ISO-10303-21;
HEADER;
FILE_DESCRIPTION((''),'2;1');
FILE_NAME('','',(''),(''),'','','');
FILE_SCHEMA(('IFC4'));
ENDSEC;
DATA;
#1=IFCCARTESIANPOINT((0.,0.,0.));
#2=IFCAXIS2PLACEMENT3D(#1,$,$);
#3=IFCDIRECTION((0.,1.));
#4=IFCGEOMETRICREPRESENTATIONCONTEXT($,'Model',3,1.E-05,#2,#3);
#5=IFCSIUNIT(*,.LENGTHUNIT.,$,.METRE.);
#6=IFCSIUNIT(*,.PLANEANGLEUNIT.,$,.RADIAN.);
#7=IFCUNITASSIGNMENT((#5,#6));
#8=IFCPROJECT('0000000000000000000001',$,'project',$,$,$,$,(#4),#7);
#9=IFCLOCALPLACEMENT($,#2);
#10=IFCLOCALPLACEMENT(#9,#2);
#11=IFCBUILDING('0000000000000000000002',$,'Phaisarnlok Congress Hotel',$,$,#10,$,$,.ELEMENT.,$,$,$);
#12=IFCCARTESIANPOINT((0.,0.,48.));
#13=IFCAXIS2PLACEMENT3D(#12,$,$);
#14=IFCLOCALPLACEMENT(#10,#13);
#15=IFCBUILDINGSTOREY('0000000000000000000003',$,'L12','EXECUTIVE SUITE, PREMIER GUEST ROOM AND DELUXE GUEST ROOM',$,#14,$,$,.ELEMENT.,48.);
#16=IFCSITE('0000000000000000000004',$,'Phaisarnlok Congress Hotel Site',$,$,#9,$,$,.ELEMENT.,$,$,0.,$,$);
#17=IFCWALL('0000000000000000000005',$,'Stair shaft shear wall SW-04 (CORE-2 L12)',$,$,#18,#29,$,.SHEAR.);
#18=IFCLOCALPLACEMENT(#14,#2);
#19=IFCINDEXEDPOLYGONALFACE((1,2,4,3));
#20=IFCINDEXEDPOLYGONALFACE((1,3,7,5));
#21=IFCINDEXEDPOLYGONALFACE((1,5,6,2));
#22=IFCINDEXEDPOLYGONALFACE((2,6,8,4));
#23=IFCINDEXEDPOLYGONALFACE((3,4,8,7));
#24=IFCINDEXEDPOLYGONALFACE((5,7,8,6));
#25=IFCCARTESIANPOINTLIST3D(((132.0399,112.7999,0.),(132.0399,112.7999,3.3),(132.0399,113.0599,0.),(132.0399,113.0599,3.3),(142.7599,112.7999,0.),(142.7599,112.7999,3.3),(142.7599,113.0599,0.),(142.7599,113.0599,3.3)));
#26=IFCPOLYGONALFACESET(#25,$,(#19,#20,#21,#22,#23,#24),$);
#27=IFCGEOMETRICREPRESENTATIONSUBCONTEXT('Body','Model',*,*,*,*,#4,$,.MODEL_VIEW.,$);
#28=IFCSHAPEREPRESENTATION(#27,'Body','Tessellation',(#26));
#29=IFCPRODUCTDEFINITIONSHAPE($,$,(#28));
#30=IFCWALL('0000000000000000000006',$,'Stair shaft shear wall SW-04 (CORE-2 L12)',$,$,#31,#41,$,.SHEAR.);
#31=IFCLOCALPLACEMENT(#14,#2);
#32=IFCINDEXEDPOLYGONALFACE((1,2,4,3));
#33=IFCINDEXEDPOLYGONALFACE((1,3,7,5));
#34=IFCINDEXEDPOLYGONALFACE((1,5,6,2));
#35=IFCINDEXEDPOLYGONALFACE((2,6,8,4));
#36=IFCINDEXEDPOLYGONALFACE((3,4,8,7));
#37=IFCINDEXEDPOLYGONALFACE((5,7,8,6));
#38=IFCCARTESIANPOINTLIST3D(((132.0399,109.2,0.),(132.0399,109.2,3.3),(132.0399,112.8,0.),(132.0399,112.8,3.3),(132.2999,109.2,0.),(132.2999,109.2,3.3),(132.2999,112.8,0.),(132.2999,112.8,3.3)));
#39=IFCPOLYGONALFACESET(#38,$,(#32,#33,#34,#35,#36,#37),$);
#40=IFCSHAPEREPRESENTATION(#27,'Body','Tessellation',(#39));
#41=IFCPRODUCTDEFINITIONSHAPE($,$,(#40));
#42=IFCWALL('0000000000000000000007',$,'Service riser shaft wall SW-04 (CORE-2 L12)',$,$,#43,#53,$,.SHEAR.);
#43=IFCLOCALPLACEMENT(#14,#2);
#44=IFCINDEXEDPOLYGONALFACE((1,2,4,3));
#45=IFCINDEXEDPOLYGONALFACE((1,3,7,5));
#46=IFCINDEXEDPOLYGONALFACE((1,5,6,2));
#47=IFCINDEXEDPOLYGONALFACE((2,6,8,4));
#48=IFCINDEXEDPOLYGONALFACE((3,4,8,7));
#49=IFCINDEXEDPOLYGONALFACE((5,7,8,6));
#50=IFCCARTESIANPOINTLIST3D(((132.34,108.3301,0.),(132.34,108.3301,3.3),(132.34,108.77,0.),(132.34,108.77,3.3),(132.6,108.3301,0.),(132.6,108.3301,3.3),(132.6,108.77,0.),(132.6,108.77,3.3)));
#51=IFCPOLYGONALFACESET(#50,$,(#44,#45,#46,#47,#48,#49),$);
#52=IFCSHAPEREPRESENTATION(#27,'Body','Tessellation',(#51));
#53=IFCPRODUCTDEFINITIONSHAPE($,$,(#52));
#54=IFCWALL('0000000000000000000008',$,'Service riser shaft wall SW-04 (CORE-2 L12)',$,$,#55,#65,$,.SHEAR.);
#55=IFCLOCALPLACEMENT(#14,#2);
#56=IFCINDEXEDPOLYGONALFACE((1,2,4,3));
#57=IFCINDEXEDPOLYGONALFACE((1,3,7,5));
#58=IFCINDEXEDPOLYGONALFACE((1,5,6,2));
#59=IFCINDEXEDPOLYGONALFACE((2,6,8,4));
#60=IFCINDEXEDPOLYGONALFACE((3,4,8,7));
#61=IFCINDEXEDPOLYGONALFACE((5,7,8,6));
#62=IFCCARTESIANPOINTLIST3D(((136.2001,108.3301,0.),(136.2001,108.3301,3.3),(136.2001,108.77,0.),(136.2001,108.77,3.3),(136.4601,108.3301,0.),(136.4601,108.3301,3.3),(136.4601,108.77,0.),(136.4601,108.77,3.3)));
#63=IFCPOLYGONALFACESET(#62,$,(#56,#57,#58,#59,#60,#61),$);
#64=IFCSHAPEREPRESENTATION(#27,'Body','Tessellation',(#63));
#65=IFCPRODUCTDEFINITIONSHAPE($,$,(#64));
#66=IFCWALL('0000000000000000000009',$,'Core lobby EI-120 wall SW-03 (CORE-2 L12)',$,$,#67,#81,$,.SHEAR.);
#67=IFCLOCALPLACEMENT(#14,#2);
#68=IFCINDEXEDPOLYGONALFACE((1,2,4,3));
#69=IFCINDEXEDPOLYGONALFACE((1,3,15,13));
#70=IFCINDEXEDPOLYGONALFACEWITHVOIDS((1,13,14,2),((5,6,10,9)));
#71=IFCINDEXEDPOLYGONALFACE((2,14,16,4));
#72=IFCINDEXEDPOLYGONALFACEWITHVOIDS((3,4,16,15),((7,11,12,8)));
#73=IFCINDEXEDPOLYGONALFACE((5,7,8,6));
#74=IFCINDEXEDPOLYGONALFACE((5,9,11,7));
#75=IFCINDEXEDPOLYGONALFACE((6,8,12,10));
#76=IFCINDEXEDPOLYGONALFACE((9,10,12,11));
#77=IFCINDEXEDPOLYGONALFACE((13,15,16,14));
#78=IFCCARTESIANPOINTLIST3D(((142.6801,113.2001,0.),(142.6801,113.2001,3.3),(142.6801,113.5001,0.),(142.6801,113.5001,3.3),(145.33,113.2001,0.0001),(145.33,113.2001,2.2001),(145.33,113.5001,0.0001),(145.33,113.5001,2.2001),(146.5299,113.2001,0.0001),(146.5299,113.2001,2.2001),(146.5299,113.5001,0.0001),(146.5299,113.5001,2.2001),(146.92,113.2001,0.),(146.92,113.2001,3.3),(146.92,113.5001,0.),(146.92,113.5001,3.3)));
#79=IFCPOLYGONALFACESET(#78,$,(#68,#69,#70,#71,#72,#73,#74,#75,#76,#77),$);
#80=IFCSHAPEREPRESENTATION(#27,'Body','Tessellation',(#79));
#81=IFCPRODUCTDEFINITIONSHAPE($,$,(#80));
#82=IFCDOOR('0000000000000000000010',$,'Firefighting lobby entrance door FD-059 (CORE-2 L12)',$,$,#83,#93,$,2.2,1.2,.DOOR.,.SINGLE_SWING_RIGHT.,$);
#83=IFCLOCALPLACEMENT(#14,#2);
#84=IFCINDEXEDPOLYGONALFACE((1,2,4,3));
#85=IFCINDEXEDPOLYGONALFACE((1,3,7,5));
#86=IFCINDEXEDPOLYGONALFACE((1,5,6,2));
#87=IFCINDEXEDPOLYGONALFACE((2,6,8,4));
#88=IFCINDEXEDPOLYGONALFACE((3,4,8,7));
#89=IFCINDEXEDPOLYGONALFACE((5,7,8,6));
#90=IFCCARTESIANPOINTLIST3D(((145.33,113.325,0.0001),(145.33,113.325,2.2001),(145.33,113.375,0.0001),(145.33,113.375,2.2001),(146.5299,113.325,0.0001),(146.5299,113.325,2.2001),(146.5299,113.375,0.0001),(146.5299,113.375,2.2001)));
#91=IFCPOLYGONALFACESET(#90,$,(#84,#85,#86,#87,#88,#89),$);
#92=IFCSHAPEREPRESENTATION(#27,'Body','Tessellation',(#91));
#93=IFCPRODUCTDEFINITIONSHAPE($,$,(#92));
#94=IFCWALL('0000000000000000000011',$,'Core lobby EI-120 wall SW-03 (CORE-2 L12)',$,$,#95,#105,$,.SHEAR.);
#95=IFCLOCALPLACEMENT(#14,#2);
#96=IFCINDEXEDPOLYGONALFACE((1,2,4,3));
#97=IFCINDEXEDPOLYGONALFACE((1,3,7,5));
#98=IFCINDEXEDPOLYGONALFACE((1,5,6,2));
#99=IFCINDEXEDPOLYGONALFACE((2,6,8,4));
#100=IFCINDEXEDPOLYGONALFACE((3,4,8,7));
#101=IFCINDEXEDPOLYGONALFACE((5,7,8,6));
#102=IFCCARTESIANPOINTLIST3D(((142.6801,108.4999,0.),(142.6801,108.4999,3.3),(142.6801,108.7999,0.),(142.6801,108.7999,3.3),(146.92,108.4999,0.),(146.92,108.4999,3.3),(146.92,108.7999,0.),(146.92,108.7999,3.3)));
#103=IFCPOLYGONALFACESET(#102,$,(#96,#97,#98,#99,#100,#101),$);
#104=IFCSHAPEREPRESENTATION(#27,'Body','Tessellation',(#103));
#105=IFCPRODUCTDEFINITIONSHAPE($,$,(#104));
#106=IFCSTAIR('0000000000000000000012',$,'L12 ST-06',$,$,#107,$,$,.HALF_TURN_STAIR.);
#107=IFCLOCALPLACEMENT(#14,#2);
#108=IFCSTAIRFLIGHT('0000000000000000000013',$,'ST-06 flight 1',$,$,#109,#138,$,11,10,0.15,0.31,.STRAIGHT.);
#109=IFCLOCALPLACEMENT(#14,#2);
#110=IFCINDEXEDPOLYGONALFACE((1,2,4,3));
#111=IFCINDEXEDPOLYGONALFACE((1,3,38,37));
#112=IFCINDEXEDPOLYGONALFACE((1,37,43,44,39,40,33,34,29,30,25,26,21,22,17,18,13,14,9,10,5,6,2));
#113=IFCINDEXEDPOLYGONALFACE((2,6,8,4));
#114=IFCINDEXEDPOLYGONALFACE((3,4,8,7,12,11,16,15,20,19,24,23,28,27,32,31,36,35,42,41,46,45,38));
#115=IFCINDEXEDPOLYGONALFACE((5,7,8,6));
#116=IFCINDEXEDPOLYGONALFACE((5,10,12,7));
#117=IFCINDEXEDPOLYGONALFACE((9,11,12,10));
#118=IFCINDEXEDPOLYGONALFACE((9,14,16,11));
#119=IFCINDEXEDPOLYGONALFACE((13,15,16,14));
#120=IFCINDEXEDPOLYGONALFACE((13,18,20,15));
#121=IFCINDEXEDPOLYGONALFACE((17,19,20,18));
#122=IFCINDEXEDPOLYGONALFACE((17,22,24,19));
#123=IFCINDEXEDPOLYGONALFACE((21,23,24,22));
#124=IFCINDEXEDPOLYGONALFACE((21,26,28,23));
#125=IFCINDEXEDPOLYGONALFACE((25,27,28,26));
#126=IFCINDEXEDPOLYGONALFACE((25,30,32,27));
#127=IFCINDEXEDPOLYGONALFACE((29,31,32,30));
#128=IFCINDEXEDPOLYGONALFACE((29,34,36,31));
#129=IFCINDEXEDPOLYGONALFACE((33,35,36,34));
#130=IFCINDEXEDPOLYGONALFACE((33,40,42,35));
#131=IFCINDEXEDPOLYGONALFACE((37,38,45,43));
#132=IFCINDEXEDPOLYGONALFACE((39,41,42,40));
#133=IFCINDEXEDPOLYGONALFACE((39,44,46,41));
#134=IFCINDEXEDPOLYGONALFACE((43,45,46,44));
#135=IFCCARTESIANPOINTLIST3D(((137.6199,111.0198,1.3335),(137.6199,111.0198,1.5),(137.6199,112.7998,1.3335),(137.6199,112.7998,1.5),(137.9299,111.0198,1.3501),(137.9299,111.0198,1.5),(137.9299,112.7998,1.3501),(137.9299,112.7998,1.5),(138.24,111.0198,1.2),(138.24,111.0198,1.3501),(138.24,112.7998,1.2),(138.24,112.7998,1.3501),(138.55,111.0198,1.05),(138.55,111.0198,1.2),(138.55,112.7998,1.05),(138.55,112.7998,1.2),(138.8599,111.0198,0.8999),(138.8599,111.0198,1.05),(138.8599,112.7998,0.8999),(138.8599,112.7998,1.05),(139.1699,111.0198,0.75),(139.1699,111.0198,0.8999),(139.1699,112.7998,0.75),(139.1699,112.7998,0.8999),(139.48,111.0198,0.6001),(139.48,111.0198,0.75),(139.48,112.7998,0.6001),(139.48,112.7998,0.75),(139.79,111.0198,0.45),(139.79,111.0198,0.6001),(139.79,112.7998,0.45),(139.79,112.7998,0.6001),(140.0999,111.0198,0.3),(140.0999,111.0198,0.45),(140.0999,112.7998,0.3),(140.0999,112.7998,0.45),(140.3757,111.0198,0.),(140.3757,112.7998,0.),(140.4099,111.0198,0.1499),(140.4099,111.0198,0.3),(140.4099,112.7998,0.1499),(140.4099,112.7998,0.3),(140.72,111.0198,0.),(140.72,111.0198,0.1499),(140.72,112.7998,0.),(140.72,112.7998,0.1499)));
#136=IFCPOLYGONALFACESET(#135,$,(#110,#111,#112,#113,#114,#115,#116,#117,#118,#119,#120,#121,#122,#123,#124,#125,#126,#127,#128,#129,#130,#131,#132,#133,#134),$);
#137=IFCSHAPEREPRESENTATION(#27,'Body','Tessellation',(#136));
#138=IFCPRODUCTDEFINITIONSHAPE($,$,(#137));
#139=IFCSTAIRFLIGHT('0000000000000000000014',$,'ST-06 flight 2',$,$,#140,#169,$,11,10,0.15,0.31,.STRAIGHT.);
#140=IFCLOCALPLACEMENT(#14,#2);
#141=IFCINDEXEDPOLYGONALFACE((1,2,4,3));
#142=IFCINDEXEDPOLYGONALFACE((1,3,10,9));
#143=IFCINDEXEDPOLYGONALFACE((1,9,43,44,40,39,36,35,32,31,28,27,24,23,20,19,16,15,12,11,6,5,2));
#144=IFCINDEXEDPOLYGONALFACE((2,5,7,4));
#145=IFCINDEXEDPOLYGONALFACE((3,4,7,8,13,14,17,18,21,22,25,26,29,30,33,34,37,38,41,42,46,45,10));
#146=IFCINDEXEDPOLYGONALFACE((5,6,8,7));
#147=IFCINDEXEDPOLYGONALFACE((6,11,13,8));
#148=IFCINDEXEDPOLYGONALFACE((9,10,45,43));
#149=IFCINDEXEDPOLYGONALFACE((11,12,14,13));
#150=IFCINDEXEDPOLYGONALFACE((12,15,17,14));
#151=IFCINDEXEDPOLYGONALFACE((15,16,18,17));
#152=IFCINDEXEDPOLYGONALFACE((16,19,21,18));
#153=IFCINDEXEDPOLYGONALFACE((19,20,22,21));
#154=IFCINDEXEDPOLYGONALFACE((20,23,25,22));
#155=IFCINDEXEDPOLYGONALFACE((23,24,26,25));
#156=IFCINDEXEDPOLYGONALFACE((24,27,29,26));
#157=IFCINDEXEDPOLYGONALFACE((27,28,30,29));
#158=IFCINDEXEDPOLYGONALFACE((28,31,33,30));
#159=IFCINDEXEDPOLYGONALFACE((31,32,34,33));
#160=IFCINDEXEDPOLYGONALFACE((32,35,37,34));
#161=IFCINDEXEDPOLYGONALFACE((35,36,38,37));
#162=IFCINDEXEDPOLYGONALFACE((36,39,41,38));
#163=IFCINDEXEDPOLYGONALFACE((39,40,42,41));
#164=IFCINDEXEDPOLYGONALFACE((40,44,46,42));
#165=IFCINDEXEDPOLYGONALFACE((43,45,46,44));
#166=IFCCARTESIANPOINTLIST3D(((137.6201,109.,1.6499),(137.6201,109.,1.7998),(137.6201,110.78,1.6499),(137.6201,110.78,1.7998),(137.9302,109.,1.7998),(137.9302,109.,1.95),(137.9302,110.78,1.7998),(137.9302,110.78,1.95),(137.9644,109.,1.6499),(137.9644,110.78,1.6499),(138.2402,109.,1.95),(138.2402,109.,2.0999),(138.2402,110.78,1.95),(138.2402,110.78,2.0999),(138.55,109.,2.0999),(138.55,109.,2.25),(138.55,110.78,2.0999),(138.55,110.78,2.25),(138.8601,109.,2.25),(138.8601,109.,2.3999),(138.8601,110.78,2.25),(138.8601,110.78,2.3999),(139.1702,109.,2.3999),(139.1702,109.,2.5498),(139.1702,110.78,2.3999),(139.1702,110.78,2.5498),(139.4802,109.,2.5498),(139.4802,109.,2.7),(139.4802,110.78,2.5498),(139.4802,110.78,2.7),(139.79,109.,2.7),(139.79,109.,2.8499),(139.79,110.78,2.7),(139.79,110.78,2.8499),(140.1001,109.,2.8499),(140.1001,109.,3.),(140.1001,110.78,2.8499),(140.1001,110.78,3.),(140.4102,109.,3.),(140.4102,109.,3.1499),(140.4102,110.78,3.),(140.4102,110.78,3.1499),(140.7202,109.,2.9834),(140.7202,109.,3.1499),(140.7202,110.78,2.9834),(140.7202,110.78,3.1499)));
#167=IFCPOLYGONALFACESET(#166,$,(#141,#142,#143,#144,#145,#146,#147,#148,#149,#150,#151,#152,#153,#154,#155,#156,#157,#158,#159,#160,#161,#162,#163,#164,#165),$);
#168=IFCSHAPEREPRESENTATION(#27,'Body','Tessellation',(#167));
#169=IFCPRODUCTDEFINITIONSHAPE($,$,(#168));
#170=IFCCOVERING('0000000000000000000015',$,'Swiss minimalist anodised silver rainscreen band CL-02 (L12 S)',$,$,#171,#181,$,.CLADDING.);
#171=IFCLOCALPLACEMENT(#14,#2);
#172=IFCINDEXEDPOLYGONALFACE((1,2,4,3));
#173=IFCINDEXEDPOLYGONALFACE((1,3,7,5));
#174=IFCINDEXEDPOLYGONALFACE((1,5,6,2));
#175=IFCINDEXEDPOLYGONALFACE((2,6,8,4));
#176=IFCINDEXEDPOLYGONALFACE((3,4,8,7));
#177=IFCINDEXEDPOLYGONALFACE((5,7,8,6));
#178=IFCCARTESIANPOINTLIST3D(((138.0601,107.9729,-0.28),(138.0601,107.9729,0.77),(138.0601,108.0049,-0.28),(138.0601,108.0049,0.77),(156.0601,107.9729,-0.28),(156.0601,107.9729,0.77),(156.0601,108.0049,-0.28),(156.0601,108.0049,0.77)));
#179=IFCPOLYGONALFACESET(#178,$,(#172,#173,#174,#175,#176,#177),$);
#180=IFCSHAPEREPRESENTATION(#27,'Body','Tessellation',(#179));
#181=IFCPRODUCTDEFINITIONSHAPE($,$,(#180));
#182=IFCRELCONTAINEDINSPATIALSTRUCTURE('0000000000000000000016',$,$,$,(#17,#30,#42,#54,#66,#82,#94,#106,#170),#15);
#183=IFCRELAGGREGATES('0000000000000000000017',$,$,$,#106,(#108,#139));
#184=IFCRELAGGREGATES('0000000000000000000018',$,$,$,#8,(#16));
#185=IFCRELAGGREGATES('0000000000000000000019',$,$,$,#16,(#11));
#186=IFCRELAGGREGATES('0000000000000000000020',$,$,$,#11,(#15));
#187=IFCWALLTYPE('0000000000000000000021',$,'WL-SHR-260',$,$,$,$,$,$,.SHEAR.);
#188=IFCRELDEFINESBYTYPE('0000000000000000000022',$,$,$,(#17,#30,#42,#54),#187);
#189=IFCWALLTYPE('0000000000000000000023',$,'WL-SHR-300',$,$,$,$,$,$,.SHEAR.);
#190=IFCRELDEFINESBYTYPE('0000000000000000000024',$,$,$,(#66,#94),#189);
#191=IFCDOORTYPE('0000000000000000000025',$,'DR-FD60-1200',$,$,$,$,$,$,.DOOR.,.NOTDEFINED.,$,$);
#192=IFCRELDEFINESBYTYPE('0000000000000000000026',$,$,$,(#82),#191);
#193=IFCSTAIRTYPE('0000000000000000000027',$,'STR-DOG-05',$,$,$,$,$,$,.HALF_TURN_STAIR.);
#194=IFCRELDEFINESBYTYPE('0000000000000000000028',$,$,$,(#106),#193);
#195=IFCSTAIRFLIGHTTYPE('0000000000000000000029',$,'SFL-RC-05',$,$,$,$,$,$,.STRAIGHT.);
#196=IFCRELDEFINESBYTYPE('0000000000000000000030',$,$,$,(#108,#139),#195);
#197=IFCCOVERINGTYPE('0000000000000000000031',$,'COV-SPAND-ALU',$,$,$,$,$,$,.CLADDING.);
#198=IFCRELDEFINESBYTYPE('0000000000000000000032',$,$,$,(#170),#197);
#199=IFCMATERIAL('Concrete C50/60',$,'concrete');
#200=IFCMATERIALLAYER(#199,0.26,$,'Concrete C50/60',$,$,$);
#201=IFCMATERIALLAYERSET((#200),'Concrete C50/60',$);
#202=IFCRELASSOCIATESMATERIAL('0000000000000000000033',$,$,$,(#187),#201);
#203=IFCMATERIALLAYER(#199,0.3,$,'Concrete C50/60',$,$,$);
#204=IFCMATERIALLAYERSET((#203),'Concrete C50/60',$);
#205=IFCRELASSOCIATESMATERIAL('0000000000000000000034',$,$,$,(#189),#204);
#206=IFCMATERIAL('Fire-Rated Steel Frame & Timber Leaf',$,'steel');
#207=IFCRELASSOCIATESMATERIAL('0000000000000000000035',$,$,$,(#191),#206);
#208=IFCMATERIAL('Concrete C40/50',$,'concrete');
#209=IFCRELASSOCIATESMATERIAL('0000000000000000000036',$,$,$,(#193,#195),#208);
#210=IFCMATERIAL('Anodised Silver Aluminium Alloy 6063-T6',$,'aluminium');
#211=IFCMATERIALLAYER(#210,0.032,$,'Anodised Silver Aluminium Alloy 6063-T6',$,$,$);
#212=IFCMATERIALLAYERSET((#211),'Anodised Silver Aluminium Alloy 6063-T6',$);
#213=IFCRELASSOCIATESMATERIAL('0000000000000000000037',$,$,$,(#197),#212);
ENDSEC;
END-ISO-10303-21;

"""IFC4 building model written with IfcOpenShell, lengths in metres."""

from ifc_helpers import new_model, si_unit, direction, frame, frame_2d, origin, place, context, subcontext, project, spatial, polyline, rectangle, outline, extrude, material, layer, layer_set, type_object, element, fill, aggregate, save


model = new_model("IFC4")

# Units and contexts
model_context = context("Model", 3, precision=1e-05, world=origin(), true_north=direction((0.0, 1.0)))
body_context = subcontext(model_context, "Body", "Model", "MODEL_VIEW")
ifc_project = project(units=[si_unit("LENGTHUNIT", "METRE"), si_unit("PLANEANGLEUNIT", "RADIAN")], contexts=[model_context])

# Site, building, storey
site_placement = place(None, origin())
site = spatial("IfcSite", under=ifc_project, at=site_placement, Name="Phaisarnlok Congress Hotel Site", CompositionType="ELEMENT", RefElevation=0.0)
building_placement = place(site_placement, origin())
building = spatial("IfcBuilding", under=site, at=building_placement, Name="Phaisarnlok Congress Hotel", CompositionType="ELEMENT")
storey_placement = place(building_placement, frame((0.0, 0.0, 48.0)))
storey = spatial("IfcBuildingStorey", under=building, at=storey_placement, Name="L12", Description="EXECUTIVE SUITE, PREMIER GUEST ROOM AND DELUXE GUEST ROOM", CompositionType="ELEMENT", Elevation=48.0)

# Shared definitions
ifc_material_1 = material(Name="Concrete C50/60", Category="concrete")

# Shared definitions
ifc_material_2 = material(Name="Concrete C40/50", Category="concrete")

# Walls
ifc_layer_1 = layer(ifc_material_1, 0.26, Name="Concrete C50/60")
ifc_layer_set_1 = layer_set([ifc_layer_1], Name="Concrete C50/60")
wall_type_1 = type_object("IfcWallType", Name="WL-SHR-260", PredefinedType="SHEAR", material=ifc_layer_set_1)
for number, where, z_axis, x_axis, name in (
    (1, (132.04, 112.9299, 0.0), (0.0, 0.0, 1.0), (1.0, 0.0, 0.0), "Stair shaft shear wall SW-04 (CORE-2 L12)"),
):
    element("IfcWall", number, at=place(storey_placement, frame(where, z_axis=z_axis, x_axis=x_axis)), inside=storey, type_object=wall_type_1, Name=name, PredefinedType="SHEAR", context=body_context, shape_type="SweptSolid", body=[
        extrude(rectangle(XDim=10.72, YDim=0.26, at=frame_2d((5.3599, 0.0))), origin(), (0.0, 0.0, 1.0), 3.3),
    ])
wall_1_placement = place(storey_placement, frame((132.1699, 109.2, 0.0), z_axis=(0.0, 0.0, 1.0), x_axis=(0.0, 1.0, 0.0)))
element("IfcWall", 2, at=wall_1_placement, inside=storey, type_object=wall_type_1, Name="Stair shaft shear wall SW-04 (CORE-2 L12)", PredefinedType="SHEAR", context=body_context, shape_type="SweptSolid", body=[
    extrude(rectangle(XDim=3.6001, YDim=0.26, at=frame_2d((1.8, 0.0))), origin(), (0.0, 0.0, 1.0), 3.3),
])

# Shared definitions
ifc_material_3 = material(Name="Fire-Rated Steel Frame & Timber Leaf", Category="steel")

# Walls
for number, where, z_axis, x_axis, name in (
    (3, (132.47, 108.3301, 0.0), (0.0, 0.0, 1.0), (0.0, 1.0, 0.0), "Service riser shaft wall SW-04 (CORE-2 L12)"),
    (4, (136.3301, 108.3301, 0.0), (0.0, 0.0, 1.0), (0.0, 1.0, 0.0), "Service riser shaft wall SW-04 (CORE-2 L12)"),
):
    element("IfcWall", number, at=place(storey_placement, frame(where, z_axis=z_axis, x_axis=x_axis)), inside=storey, type_object=wall_type_1, Name=name, PredefinedType="SHEAR", context=body_context, shape_type="SweptSolid", body=[
        extrude(rectangle(XDim=0.4399, YDim=0.26, at=frame_2d((0.22, 0.0))), origin(), (0.0, 0.0, 1.0), 3.3),
    ])

# Wall, opening, door
ifc_layer_2 = layer(ifc_material_1, 0.3, Name="Concrete C50/60")
ifc_layer_set_2 = layer_set([ifc_layer_2], Name="Concrete C50/60")
wall_type_2 = type_object("IfcWallType", Name="WL-SHR-300", PredefinedType="SHEAR", material=ifc_layer_set_2)
wall_2_placement = place(storey_placement, frame((142.6799, 113.3501, 0.0), z_axis=(0.0, 0.0, 1.0), x_axis=(1.0, 0.0, 0.0)))
wall_2 = element("IfcWall", 5, at=wall_2_placement, inside=storey, type_object=wall_type_2, Name="Core lobby EI-120 wall SW-03 (CORE-2 L12)", PredefinedType="SHEAR", context=body_context, shape_type="SweptSolid", body=[
    extrude(rectangle(XDim=4.24, YDim=0.3, at=frame_2d((2.1201, 0.0))), origin(), (0.0, 0.0, 1.0), 3.3),
])
opening_1_placement = place(wall_2_placement, frame((2.6499, 0.0, 0.0)))
opening_1 = element("IfcOpeningElement", 6, at=opening_1_placement, cuts=wall_2, PredefinedType="OPENING", context=body_context, shape_type="SweptSolid", body=[
    extrude(rectangle(XDim=1.2, YDim=2.2, at=frame_2d((0.6001, 1.1001))), frame((0.0, 0.1602, 0.0), z_axis=(0.0, -1.0, 0.0), x_axis=(1.0, 0.0, 0.0)), (0.0, 0.0, 1.0), 0.3201),
])
door_type_1 = type_object("IfcDoorType", Name="DR-FD60-1200", OperationType="NOTDEFINED", PredefinedType="DOOR", material=ifc_material_3)
door_1_placement = place(opening_1_placement, origin())
door_1 = element("IfcDoor", 7, at=door_1_placement, inside=storey, type_object=door_type_1, Name="Firefighting lobby entrance door FD-059 (CORE-2 L12)", OperationType="SINGLE_SWING_RIGHT", OverallHeight=2.2, OverallWidth=1.2, PredefinedType="DOOR", context=body_context, shape_type="SweptSolid", body=[
    extrude(rectangle(XDim=1.2, YDim=2.2, at=frame_2d((0.6001, 1.1001))), frame((0.0, 0.0249, 0.0), z_axis=(0.0, -1.0, 0.0), x_axis=(1.0, 0.0, 0.0)), (0.0, 0.0, 1.0), 0.05),
])
fill(opening_1, door_1)

# Wall
wall_3_placement = place(storey_placement, frame((142.6799, 108.6499, 0.0), z_axis=(0.0, 0.0, 1.0), x_axis=(1.0, 0.0, 0.0)))
element("IfcWall", 8, at=wall_3_placement, inside=storey, type_object=wall_type_2, Name="Core lobby EI-120 wall SW-03 (CORE-2 L12)", PredefinedType="SHEAR", context=body_context, shape_type="SweptSolid", body=[
    extrude(rectangle(XDim=4.24, YDim=0.3, at=frame_2d((2.1201, 0.0))), origin(), (0.0, 0.0, 1.0), 3.3),
])

# Stair, stair flights
stair_type = type_object("IfcStairType", Name="STR-DOG-05", PredefinedType="HALF_TURN_STAIR", material=ifc_material_2)
stair_placement = place(storey_placement, origin())
stair = element("IfcStair", 9, at=stair_placement, inside=storey, type_object=stair_type, Name="L12 ST-06", PredefinedType="HALF_TURN_STAIR")
stair_flight_type = type_object("IfcStairFlightType", Name="SFL-RC-05", PredefinedType="STRAIGHT", material=ifc_material_2)
stair_flight_1_placement = place(storey_placement, frame((140.72, 111.9099, 0.0), z_axis=(0.0, 0.0, 1.0), x_axis=(-1.0, 0.0, 0.0)))
stair_flight_1 = element("IfcStairFlight", 10, at=stair_flight_1_placement, type_object=stair_flight_type, Name="ST-06 flight 1", NumberOfRisers=11, NumberOfTreads=10, PredefinedType="STRAIGHT", RiserHeight=0.15, TreadLength=0.31, context=body_context, shape_type="SweptSolid", body=[
    extrude(outline(polyline([(0.0, 0.0), (0.0, 0.1499), (0.3101, 0.1499), (0.3101, 0.3), (0.6201, 0.3), (0.6201, 0.45), (0.9299, 0.45), (0.9299, 0.6001), (1.24, 0.6001), (1.24, 0.75), (1.55, 0.75), (1.55, 0.8999), (1.8601, 0.8999), (1.8601, 1.05), (2.1699, 1.05), (2.1699, 1.2), (2.48, 1.2), (2.48, 1.3501), (2.79, 1.3501), (2.79, 1.5), (3.1001, 1.5), (3.1001, 1.6499), (3.1001, 1.3335), (0.3442, 0.0), (0.0, 0.0)])), frame((0.0, 0.8901, 0.0), z_axis=(0.0, -1.0, 0.0), x_axis=(1.0, 0.0, 0.0)), (0.0, 0.0, 1.0), 1.78),
])
stair_flight_2_placement = place(storey_placement, frame((137.6201, 109.8899, 1.6499), z_axis=(0.0, 0.0, 1.0), x_axis=(1.0, 0.0, 0.0)))
stair_flight_2 = element("IfcStairFlight", 11, at=stair_flight_2_placement, type_object=stair_flight_type, Name="ST-06 flight 2", NumberOfRisers=11, NumberOfTreads=10, PredefinedType="STRAIGHT", RiserHeight=0.15, TreadLength=0.31, context=body_context, shape_type="SweptSolid", body=[
    extrude(outline(polyline([(0.0, 0.0), (0.0, 0.1499), (0.3101, 0.1499), (0.3101, 0.3), (0.6201, 0.3), (0.6201, 0.45), (0.9299, 0.45), (0.9299, 0.6001), (1.24, 0.6001), (1.24, 0.75), (1.55, 0.75), (1.55, 0.8999), (1.8601, 0.8999), (1.8601, 1.05), (2.1699, 1.05), (2.1699, 1.2), (2.48, 1.2), (2.48, 1.3501), (2.79, 1.3501), (2.79, 1.5), (3.1001, 1.5), (3.1001, 1.6499), (3.1001, 1.3335), (0.3442, 0.0), (0.0, 0.0)])), frame((0.0, 0.8901, 0.0), z_axis=(0.0, -1.0, 0.0), x_axis=(1.0, 0.0, 0.0)), (0.0, 0.0, 1.0), 1.78),
])
aggregate(stair, [stair_flight_1, stair_flight_2])

# Covering
ifc_material_4 = material(Name="Anodised Silver Aluminium Alloy 6063-T6", Category="aluminium")
ifc_layer_3 = layer(ifc_material_4, 0.032, Name="Anodised Silver Aluminium Alloy 6063-T6")
ifc_layer_set_3 = layer_set([ifc_layer_3], Name="Anodised Silver Aluminium Alloy 6063-T6")
covering_type = type_object("IfcCoveringType", Name="COV-SPAND-ALU", PredefinedType="CLADDING", material=ifc_layer_set_3)
covering_placement = place(storey_placement, frame((138.0601, 108.0049, -0.28), z_axis=(0.0, -1.0, 0.0), x_axis=(1.0, 0.0, 0.0)))
element("IfcCovering", 12, at=covering_placement, inside=storey, type_object=covering_type, Name="Swiss minimalist anodised silver rainscreen band CL-02 (L12 S)", PredefinedType="CLADDING", context=body_context, shape_type="SweptSolid", body=[
    extrude(outline(polyline([(0.0, 0.0), (18.0, 0.0), (18.0, 1.05), (0.0, 1.05), (0.0, 0.0)])), origin(), (0.0, 0.0, 1.0), 0.032),
])

save(model, "model.ifc")
